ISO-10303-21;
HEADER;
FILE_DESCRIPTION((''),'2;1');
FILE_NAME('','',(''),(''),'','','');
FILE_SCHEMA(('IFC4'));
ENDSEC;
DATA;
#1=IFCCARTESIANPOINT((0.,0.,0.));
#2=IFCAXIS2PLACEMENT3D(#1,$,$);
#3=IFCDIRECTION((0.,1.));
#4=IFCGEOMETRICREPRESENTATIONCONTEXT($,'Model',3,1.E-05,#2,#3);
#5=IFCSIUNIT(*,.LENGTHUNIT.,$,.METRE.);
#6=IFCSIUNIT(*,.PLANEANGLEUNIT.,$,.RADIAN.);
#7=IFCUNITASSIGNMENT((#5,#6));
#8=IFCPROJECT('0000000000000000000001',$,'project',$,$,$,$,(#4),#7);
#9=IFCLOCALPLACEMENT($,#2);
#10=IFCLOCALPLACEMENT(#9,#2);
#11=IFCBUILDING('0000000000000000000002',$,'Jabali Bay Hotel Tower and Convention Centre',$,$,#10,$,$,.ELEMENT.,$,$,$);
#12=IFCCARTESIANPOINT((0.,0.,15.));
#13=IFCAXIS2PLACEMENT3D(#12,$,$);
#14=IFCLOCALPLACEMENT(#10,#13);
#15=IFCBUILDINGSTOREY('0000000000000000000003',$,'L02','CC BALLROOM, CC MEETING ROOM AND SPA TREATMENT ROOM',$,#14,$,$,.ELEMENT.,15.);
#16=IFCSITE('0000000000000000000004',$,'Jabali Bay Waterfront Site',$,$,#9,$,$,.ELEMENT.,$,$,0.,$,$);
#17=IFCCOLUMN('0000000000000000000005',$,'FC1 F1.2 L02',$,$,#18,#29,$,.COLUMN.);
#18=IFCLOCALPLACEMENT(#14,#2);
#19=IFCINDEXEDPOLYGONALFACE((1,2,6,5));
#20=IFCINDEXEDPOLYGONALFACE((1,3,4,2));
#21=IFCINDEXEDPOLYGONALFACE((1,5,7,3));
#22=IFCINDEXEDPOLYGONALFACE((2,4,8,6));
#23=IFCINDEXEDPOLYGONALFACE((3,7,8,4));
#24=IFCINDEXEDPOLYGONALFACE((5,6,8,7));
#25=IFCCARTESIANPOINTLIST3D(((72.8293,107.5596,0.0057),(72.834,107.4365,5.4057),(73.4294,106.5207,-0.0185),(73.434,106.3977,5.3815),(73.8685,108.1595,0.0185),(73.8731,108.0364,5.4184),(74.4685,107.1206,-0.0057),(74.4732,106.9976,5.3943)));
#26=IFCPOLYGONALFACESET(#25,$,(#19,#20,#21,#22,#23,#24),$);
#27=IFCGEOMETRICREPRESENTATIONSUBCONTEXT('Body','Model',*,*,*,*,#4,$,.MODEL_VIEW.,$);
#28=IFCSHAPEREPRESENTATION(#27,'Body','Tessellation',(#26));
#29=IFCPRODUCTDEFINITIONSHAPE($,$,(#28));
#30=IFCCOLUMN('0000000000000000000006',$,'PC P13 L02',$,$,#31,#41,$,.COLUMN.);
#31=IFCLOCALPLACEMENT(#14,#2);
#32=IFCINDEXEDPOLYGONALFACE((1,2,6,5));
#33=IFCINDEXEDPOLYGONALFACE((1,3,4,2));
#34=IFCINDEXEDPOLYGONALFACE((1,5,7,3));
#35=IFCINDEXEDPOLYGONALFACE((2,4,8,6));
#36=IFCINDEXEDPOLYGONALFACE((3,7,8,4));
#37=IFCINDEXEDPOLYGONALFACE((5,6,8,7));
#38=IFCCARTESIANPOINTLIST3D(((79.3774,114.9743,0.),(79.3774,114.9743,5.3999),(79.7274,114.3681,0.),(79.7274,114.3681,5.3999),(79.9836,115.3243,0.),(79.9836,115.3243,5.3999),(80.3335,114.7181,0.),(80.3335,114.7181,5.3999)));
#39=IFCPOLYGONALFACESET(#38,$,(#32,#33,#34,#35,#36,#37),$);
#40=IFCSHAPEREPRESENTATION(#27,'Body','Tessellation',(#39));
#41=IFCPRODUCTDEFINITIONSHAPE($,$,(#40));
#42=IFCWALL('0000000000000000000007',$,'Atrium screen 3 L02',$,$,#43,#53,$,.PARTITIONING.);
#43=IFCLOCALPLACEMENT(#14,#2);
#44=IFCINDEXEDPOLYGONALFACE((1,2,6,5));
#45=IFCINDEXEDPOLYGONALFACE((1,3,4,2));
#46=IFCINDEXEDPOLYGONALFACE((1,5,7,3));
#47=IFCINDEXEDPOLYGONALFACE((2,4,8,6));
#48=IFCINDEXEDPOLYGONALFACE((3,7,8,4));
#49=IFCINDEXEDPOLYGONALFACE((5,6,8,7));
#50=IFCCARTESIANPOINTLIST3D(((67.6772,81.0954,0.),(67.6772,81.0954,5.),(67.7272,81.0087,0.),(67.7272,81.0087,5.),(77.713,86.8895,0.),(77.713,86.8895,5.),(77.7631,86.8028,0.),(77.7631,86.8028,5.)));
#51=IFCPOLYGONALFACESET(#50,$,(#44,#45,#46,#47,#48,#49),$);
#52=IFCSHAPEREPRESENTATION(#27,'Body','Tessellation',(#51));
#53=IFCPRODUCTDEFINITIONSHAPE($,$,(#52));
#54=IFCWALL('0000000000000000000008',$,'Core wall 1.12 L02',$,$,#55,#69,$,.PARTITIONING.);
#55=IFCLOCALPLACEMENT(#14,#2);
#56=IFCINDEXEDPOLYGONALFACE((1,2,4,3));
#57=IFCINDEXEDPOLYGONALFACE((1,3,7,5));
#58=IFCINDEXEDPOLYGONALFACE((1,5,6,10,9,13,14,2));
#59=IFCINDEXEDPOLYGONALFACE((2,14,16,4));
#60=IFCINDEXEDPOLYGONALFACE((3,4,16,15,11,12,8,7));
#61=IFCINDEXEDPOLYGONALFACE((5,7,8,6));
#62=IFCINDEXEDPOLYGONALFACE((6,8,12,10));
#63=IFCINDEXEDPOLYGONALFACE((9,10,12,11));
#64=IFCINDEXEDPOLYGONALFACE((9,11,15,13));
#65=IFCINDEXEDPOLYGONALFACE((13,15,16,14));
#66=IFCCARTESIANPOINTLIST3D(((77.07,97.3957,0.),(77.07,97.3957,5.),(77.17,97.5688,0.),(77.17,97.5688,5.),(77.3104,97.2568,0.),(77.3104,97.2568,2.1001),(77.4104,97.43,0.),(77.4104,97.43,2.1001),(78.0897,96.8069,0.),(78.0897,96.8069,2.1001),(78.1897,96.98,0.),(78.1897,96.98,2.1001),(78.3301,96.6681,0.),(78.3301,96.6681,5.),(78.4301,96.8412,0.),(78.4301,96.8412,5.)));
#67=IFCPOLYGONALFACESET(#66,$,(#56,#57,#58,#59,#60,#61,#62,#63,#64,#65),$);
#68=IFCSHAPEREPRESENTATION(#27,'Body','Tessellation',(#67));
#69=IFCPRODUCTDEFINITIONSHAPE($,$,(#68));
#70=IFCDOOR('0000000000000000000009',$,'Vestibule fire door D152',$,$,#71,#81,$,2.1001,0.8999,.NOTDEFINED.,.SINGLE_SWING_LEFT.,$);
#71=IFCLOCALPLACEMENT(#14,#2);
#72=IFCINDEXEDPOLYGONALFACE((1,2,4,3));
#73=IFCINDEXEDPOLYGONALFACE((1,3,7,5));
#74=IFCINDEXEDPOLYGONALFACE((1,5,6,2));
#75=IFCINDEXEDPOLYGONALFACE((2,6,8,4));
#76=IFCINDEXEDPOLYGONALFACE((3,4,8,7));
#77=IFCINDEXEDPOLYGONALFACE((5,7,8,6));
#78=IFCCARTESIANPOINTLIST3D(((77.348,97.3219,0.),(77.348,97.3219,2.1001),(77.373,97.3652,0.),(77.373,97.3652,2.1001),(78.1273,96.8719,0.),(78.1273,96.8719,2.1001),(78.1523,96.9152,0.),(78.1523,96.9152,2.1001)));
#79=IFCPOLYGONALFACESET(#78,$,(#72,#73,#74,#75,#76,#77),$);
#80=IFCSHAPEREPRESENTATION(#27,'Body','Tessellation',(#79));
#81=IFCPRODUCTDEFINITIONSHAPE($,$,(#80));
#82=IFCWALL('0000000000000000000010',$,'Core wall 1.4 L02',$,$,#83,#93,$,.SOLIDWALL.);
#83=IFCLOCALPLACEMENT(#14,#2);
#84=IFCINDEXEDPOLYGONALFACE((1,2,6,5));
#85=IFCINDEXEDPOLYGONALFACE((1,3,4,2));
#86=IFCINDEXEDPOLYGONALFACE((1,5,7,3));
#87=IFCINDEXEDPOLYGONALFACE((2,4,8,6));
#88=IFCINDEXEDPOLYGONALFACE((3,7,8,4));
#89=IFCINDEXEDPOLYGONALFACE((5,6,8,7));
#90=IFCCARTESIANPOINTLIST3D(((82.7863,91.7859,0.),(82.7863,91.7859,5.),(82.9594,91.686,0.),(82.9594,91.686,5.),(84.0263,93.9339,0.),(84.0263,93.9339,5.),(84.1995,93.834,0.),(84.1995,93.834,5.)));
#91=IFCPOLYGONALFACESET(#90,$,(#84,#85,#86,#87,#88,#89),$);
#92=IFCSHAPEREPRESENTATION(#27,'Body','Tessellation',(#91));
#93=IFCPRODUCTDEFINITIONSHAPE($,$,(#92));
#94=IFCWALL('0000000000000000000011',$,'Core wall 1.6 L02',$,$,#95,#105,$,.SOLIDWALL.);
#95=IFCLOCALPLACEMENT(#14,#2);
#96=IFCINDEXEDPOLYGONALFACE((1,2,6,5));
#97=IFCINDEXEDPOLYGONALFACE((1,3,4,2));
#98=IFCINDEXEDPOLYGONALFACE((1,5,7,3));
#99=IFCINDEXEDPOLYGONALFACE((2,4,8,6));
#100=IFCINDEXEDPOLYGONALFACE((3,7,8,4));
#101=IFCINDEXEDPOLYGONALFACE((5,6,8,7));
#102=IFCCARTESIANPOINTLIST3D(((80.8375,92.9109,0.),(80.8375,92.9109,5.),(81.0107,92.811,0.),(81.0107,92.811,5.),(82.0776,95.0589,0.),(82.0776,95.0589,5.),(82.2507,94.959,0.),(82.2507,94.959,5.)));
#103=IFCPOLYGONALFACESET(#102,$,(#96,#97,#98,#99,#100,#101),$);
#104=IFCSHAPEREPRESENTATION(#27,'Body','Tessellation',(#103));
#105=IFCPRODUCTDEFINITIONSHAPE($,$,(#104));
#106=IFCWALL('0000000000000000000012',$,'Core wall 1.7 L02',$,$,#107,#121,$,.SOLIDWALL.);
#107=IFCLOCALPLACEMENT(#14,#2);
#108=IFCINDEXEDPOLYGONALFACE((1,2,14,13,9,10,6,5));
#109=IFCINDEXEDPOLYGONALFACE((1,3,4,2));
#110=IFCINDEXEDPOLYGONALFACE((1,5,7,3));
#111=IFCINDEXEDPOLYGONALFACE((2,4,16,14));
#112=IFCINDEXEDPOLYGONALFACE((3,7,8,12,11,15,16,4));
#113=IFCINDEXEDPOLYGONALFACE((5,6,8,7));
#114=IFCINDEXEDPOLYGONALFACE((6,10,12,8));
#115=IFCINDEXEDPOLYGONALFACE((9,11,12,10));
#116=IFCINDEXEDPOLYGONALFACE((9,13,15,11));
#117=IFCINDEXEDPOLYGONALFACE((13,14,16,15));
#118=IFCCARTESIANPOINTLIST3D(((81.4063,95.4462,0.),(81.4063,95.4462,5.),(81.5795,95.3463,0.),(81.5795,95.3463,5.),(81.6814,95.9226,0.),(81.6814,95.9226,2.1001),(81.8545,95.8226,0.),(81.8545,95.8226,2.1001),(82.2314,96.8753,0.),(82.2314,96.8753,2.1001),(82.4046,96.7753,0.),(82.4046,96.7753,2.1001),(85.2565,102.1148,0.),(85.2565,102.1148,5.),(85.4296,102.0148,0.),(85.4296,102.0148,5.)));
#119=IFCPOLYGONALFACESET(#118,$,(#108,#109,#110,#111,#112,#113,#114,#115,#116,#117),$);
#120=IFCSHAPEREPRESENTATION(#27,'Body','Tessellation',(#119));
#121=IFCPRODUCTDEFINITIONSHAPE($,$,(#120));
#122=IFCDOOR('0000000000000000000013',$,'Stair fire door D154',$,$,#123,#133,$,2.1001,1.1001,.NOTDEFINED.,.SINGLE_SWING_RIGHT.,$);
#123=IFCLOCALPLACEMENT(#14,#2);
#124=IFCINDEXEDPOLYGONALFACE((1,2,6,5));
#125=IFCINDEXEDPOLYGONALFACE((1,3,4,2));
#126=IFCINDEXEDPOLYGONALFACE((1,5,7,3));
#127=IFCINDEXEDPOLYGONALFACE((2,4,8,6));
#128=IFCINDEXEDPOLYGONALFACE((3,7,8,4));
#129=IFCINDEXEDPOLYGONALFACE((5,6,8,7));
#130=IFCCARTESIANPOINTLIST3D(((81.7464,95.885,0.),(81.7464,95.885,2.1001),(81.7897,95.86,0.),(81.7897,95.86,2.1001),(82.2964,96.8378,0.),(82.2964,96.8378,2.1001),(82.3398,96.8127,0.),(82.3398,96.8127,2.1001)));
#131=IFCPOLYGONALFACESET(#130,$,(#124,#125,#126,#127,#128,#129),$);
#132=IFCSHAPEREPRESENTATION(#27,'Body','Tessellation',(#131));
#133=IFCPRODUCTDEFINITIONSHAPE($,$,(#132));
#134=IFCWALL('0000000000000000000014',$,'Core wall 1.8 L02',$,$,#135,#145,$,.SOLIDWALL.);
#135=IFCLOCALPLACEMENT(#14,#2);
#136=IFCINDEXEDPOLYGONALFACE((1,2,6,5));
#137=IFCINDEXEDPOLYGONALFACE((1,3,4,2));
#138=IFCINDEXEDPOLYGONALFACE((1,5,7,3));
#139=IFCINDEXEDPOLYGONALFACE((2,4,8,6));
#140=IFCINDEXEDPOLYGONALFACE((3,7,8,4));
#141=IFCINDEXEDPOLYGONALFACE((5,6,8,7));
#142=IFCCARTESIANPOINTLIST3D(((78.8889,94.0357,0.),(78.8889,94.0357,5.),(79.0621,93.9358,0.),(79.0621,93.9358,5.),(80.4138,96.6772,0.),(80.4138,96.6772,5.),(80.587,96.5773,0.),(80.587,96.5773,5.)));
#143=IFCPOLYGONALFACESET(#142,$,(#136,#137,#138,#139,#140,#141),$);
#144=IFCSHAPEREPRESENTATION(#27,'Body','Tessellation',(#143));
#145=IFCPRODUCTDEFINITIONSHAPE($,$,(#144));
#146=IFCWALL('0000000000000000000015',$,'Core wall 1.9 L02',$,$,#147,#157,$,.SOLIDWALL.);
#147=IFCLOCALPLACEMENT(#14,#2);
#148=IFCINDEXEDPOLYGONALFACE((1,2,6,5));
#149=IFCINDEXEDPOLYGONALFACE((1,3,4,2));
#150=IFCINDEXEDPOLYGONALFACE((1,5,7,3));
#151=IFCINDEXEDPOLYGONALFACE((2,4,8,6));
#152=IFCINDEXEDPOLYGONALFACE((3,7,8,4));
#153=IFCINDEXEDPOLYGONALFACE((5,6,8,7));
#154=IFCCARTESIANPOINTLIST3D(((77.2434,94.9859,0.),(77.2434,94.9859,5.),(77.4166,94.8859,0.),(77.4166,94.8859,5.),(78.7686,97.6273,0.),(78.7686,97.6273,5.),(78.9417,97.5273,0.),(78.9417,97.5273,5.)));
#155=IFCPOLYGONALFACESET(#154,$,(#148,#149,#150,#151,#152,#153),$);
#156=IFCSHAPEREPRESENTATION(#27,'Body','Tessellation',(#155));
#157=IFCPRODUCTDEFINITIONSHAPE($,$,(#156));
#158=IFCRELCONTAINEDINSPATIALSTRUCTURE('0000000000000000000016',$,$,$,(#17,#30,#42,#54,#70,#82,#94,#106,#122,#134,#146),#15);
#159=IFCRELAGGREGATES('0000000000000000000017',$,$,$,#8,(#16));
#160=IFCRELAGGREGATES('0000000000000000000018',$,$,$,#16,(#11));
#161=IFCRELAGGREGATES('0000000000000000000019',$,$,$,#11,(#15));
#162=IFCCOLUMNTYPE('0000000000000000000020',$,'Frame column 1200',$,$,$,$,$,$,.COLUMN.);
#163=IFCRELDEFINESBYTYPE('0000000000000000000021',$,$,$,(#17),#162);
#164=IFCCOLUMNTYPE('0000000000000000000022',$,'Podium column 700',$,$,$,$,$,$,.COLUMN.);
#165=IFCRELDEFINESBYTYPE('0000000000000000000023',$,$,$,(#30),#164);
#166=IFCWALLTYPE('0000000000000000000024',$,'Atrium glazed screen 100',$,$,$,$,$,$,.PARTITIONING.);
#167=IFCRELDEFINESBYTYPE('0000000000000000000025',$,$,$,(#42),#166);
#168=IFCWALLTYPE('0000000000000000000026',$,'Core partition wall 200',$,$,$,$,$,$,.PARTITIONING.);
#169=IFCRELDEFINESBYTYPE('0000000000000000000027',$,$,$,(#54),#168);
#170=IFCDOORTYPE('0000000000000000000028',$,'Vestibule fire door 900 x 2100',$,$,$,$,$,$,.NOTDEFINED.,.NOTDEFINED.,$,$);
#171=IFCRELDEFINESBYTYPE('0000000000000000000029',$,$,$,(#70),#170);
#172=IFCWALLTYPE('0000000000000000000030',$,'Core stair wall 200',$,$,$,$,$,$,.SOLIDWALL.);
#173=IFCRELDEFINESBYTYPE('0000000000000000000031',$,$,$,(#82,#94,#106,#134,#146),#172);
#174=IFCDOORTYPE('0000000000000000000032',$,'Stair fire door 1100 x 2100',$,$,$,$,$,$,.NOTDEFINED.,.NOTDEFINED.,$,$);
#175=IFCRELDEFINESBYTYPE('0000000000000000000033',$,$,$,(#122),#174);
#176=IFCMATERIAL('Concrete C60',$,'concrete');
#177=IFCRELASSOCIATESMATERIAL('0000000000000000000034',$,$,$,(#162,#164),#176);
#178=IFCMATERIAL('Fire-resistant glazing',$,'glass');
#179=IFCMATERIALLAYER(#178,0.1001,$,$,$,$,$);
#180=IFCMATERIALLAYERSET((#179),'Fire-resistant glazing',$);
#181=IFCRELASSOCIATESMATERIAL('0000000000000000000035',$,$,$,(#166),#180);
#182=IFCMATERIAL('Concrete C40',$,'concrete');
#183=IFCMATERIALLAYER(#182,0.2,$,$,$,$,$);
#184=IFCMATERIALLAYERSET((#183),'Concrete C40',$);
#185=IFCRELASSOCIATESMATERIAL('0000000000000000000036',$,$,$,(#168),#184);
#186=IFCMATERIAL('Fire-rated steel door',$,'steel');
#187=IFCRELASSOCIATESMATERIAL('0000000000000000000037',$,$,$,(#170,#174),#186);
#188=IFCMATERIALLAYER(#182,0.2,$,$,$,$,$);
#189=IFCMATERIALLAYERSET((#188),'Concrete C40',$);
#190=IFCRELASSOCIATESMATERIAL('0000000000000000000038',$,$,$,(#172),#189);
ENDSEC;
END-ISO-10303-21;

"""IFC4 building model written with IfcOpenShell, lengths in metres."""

from ifc_helpers import new_model, si_unit, direction, frame, frame_2d, origin, origin_2d, place, context, subcontext, project, spatial, rectangle, extrude, material, layer, layer_set, material_profile, profile_set, type_object, element, fill, save


model = new_model("IFC4")

# Units and contexts
model_context = context("Model", 3, precision=1e-05, world=origin(), true_north=direction((0.0, 1.0)))
body_context = subcontext(model_context, "Body", "Model", "MODEL_VIEW")
ifc_project = project(units=[si_unit("LENGTHUNIT", "METRE"), si_unit("PLANEANGLEUNIT", "RADIAN")], contexts=[model_context])

# Site, building, storey
site_placement = place(None, origin())
site = spatial("IfcSite", under=ifc_project, at=site_placement, Name="Jabali Bay Waterfront Site", CompositionType="ELEMENT", RefElevation=0.0)
building_placement = place(site_placement, origin())
building = spatial("IfcBuilding", under=site, at=building_placement, Name="Jabali Bay Hotel Tower and Convention Centre", CompositionType="ELEMENT")
storey_placement = place(building_placement, frame((0.0, 0.0, 15.0)))
storey = spatial("IfcBuildingStorey", under=building, at=storey_placement, Name="L02", Description="CC BALLROOM, CC MEETING ROOM AND SPA TREATMENT ROOM", CompositionType="ELEMENT", Elevation=15.0)

# Columns
ifc_material_1 = material(Name="Concrete C60", Category="concrete")
ifc_material_profile_1 = material_profile(ifc_material_1, rectangle(XDim=1.2, YDim=1.2, at=origin_2d()), Name="Frame column 1200")
ifc_profile_set_1 = profile_set([ifc_material_profile_1], Name="Concrete C60")
column_type_1 = type_object("IfcColumnType", Name="Frame column 1200", PredefinedType="COLUMN", material=ifc_profile_set_1)
column_1_placement = place(storey_placement, frame((73.6489, 107.3401, 0.0), z_axis=(0.000859, -0.022781, 0.99974), x_axis=(0.865998, 0.499934, 0.010648)))
element("IfcColumn", 1, at=column_1_placement, inside=storey, type_object=column_type_1, Name="FC1 F1.2 L02", PredefinedType="COLUMN", context=body_context, shape_type="SweptSolid", body=[
    extrude(rectangle(XDim=1.2, YDim=1.2, at=origin_2d()), origin(), (0.0, 0.0, 1.0), 5.4014),
])
ifc_material_profile_2 = material_profile(ifc_material_1, rectangle(XDim=0.7, YDim=0.7, at=origin_2d()), Name="Podium column 700")
ifc_profile_set_2 = profile_set([ifc_material_profile_2], Name="Concrete C60")
column_type_2 = type_object("IfcColumnType", Name="Podium column 700", PredefinedType="COLUMN", material=ifc_profile_set_2)
column_2_placement = place(storey_placement, frame((79.8555, 114.8462, 0.0), z_axis=(0.0, 0.0, 1.0), x_axis=(0.866025, 0.5, 0.0)))
element("IfcColumn", 2, at=column_2_placement, inside=storey, type_object=column_type_2, Name="PC P13 L02", PredefinedType="COLUMN", context=body_context, shape_type="SweptSolid", body=[
    extrude(rectangle(XDim=0.7, YDim=0.7, at=origin_2d()), origin(), (0.0, 0.0, 1.0), 5.3999),
])

# Wall
ifc_material_2 = material(Name="Fire-resistant glazing", Category="glass")
ifc_layer_1 = layer(ifc_material_2, 0.1001)
ifc_layer_set_1 = layer_set([ifc_layer_1], Name="Fire-resistant glazing")
wall_type_1 = type_object("IfcWallType", Name="Atrium glazed screen 100", PredefinedType="PARTITIONING", material=ifc_layer_set_1)
wall_1_placement = place(storey_placement, frame((77.738, 86.8462, 0.0), z_axis=(0.0, 0.0, 1.0), x_axis=(-0.866027, -0.499998, 0.0)))
element("IfcWall", 3, at=wall_1_placement, inside=storey, type_object=wall_type_1, Name="Atrium screen 3 L02", PredefinedType="PARTITIONING", context=body_context, shape_type="SweptSolid", body=[
    extrude(rectangle(XDim=11.5884, YDim=0.1001, at=frame_2d((5.7942, 0.0))), origin(), (0.0, 0.0, 1.0), 5.0),
])

# Wall, opening, door
ifc_material_3 = material(Name="Concrete C40", Category="concrete")
ifc_layer_2 = layer(ifc_material_3, 0.2)
ifc_layer_set_2 = layer_set([ifc_layer_2], Name="Concrete C40")
wall_type_2 = type_object("IfcWallType", Name="Core partition wall 200", PredefinedType="PARTITIONING", material=ifc_layer_set_2)
wall_2_placement = place(storey_placement, frame((78.3801, 96.7546, 0.0), z_axis=(0.0, 0.0, 1.0), x_axis=(-0.866004, 0.500037, 0.0)))
wall_2 = element("IfcWall", 4, at=wall_2_placement, inside=storey, type_object=wall_type_2, Name="Core wall 1.12 L02", PredefinedType="PARTITIONING", context=body_context, shape_type="SweptSolid", body=[
    extrude(rectangle(XDim=1.4551, YDim=0.2, at=frame_2d((0.7275, 0.0))), origin(), (0.0, 0.0, 1.0), 5.0),
])
opening_1_placement = place(wall_2_placement, frame((0.2776, 0.0, 0.0)))
opening_1 = element("IfcOpeningElement", 5, at=opening_1_placement, cuts=wall_2, PredefinedType="OPENING", context=body_context, shape_type="SweptSolid", body=[
    extrude(rectangle(XDim=0.8999, YDim=2.1001, at=frame_2d((0.45, 1.05))), frame((0.0, 0.1104, 0.0), z_axis=(0.0, -1.0, 0.0), x_axis=(1.0, 0.0, 0.0)), (0.0, 0.0, 1.0), 0.2209),
])
ifc_material_4 = material(Name="Fire-rated steel door", Category="steel")
door_type_1 = type_object("IfcDoorType", Name="Vestibule fire door 900 x 2100", OperationType="NOTDEFINED", PredefinedType="NOTDEFINED", material=ifc_material_4)
door_1_placement = place(opening_1_placement, origin())
door_1 = element("IfcDoor", 6, at=door_1_placement, inside=storey, type_object=door_type_1, Name="Vestibule fire door D152", OperationType="SINGLE_SWING_LEFT", OverallHeight=2.1001, OverallWidth=0.8999, PredefinedType="NOTDEFINED", context=body_context, shape_type="SweptSolid", body=[
    extrude(rectangle(XDim=0.8999, YDim=2.1001, at=frame_2d((0.45, 1.05))), frame((0.0, 0.0249, 0.0), z_axis=(0.0, -1.0, 0.0), x_axis=(1.0, 0.0, 0.0)), (0.0, 0.0, 1.0), 0.05),
])
fill(opening_1, door_1)

# Walls
ifc_layer_3 = layer(ifc_material_3, 0.2)
ifc_layer_set_3 = layer_set([ifc_layer_3], Name="Concrete C40")
wall_type_3 = type_object("IfcWallType", Name="Core stair wall 200", PredefinedType="SOLIDWALL", material=ifc_layer_set_3)
for number, where, z_axis, x_axis, name in (
    (7, (82.8728, 91.7358, 0.0), (0.0, 0.0, 1.0), (0.499961, 0.866048, 0.0), "Core wall 1.4 L02"),
    (8, (80.9241, 92.8608, 0.0), (0.0, 0.0, 1.0), (0.499961, 0.866048, 0.0), "Core wall 1.6 L02"),
):
    element("IfcWall", number, at=place(storey_placement, frame(where, z_axis=z_axis, x_axis=x_axis)), inside=storey, type_object=wall_type_3, Name=name, PredefinedType="SOLIDWALL", context=body_context, shape_type="SweptSolid", body=[
        extrude(rectangle(XDim=2.4802, YDim=0.2, at=frame_2d((1.2402, 0.0))), origin(), (0.0, 0.0, 1.0), 5.0),
    ])

# Wall, opening, door
wall_3_placement = place(storey_placement, frame((81.4929, 95.3962, 0.0), z_axis=(0.0, 0.0, 1.0), x_axis=(0.500006, 0.866022, 0.0)))
wall_3 = element("IfcWall", 9, at=wall_3_placement, inside=storey, type_object=wall_type_3, Name="Core wall 1.7 L02", PredefinedType="SOLIDWALL", context=body_context, shape_type="SweptSolid", body=[
    extrude(rectangle(XDim=7.7002, YDim=0.2, at=frame_2d((3.8501, 0.0))), origin(), (0.0, 0.0, 1.0), 5.0),
])
opening_2_placement = place(wall_3_placement, frame((0.55, 0.0, 0.0)))
opening_2 = element("IfcOpeningElement", 10, at=opening_2_placement, cuts=wall_3, PredefinedType="OPENING", context=body_context, shape_type="SweptSolid", body=[
    extrude(rectangle(XDim=1.1001, YDim=2.1001, at=frame_2d((0.55, 1.05))), frame((0.0, 0.1104, 0.0), z_axis=(0.0, -1.0, 0.0), x_axis=(1.0, 0.0, 0.0)), (0.0, 0.0, 1.0), 0.2209),
])
door_type_2 = type_object("IfcDoorType", Name="Stair fire door 1100 x 2100", OperationType="NOTDEFINED", PredefinedType="NOTDEFINED", material=ifc_material_4)
door_2_placement = place(opening_2_placement, origin())
door_2 = element("IfcDoor", 11, at=door_2_placement, inside=storey, type_object=door_type_2, Name="Stair fire door D154", OperationType="SINGLE_SWING_RIGHT", OverallHeight=2.1001, OverallWidth=1.1001, PredefinedType="NOTDEFINED", context=body_context, shape_type="SweptSolid", body=[
    extrude(rectangle(XDim=1.1001, YDim=2.1001, at=frame_2d((0.55, 1.05))), frame((0.0, 0.0249, 0.0), z_axis=(0.0, -1.0, 0.0), x_axis=(1.0, 0.0, 0.0)), (0.0, 0.0, 1.0), 0.05),
])
fill(opening_2, door_2)

# Walls
for number, where, z_axis, x_axis, name in (
    (12, (78.9756, 93.9858, 0.0), (0.0, 0.0, 1.0), (0.499944, 0.866058, 0.0), "Core wall 1.8 L02"),
    (13, (77.3301, 94.936, 0.0), (0.0, 0.0, 1.0), (0.500039, 0.866003, 0.0), "Core wall 1.9 L02"),
):
    element("IfcWall", number, at=place(storey_placement, frame(where, z_axis=z_axis, x_axis=x_axis)), inside=storey, type_object=wall_type_3, Name=name, PredefinedType="SOLIDWALL", context=body_context, shape_type="SweptSolid", body=[
        extrude(rectangle(XDim=3.05, YDim=0.2, at=frame_2d((1.5249, 0.0))), origin(), (0.0, 0.0, 1.0), 5.0),
    ])

save(model, "model.ifc")
